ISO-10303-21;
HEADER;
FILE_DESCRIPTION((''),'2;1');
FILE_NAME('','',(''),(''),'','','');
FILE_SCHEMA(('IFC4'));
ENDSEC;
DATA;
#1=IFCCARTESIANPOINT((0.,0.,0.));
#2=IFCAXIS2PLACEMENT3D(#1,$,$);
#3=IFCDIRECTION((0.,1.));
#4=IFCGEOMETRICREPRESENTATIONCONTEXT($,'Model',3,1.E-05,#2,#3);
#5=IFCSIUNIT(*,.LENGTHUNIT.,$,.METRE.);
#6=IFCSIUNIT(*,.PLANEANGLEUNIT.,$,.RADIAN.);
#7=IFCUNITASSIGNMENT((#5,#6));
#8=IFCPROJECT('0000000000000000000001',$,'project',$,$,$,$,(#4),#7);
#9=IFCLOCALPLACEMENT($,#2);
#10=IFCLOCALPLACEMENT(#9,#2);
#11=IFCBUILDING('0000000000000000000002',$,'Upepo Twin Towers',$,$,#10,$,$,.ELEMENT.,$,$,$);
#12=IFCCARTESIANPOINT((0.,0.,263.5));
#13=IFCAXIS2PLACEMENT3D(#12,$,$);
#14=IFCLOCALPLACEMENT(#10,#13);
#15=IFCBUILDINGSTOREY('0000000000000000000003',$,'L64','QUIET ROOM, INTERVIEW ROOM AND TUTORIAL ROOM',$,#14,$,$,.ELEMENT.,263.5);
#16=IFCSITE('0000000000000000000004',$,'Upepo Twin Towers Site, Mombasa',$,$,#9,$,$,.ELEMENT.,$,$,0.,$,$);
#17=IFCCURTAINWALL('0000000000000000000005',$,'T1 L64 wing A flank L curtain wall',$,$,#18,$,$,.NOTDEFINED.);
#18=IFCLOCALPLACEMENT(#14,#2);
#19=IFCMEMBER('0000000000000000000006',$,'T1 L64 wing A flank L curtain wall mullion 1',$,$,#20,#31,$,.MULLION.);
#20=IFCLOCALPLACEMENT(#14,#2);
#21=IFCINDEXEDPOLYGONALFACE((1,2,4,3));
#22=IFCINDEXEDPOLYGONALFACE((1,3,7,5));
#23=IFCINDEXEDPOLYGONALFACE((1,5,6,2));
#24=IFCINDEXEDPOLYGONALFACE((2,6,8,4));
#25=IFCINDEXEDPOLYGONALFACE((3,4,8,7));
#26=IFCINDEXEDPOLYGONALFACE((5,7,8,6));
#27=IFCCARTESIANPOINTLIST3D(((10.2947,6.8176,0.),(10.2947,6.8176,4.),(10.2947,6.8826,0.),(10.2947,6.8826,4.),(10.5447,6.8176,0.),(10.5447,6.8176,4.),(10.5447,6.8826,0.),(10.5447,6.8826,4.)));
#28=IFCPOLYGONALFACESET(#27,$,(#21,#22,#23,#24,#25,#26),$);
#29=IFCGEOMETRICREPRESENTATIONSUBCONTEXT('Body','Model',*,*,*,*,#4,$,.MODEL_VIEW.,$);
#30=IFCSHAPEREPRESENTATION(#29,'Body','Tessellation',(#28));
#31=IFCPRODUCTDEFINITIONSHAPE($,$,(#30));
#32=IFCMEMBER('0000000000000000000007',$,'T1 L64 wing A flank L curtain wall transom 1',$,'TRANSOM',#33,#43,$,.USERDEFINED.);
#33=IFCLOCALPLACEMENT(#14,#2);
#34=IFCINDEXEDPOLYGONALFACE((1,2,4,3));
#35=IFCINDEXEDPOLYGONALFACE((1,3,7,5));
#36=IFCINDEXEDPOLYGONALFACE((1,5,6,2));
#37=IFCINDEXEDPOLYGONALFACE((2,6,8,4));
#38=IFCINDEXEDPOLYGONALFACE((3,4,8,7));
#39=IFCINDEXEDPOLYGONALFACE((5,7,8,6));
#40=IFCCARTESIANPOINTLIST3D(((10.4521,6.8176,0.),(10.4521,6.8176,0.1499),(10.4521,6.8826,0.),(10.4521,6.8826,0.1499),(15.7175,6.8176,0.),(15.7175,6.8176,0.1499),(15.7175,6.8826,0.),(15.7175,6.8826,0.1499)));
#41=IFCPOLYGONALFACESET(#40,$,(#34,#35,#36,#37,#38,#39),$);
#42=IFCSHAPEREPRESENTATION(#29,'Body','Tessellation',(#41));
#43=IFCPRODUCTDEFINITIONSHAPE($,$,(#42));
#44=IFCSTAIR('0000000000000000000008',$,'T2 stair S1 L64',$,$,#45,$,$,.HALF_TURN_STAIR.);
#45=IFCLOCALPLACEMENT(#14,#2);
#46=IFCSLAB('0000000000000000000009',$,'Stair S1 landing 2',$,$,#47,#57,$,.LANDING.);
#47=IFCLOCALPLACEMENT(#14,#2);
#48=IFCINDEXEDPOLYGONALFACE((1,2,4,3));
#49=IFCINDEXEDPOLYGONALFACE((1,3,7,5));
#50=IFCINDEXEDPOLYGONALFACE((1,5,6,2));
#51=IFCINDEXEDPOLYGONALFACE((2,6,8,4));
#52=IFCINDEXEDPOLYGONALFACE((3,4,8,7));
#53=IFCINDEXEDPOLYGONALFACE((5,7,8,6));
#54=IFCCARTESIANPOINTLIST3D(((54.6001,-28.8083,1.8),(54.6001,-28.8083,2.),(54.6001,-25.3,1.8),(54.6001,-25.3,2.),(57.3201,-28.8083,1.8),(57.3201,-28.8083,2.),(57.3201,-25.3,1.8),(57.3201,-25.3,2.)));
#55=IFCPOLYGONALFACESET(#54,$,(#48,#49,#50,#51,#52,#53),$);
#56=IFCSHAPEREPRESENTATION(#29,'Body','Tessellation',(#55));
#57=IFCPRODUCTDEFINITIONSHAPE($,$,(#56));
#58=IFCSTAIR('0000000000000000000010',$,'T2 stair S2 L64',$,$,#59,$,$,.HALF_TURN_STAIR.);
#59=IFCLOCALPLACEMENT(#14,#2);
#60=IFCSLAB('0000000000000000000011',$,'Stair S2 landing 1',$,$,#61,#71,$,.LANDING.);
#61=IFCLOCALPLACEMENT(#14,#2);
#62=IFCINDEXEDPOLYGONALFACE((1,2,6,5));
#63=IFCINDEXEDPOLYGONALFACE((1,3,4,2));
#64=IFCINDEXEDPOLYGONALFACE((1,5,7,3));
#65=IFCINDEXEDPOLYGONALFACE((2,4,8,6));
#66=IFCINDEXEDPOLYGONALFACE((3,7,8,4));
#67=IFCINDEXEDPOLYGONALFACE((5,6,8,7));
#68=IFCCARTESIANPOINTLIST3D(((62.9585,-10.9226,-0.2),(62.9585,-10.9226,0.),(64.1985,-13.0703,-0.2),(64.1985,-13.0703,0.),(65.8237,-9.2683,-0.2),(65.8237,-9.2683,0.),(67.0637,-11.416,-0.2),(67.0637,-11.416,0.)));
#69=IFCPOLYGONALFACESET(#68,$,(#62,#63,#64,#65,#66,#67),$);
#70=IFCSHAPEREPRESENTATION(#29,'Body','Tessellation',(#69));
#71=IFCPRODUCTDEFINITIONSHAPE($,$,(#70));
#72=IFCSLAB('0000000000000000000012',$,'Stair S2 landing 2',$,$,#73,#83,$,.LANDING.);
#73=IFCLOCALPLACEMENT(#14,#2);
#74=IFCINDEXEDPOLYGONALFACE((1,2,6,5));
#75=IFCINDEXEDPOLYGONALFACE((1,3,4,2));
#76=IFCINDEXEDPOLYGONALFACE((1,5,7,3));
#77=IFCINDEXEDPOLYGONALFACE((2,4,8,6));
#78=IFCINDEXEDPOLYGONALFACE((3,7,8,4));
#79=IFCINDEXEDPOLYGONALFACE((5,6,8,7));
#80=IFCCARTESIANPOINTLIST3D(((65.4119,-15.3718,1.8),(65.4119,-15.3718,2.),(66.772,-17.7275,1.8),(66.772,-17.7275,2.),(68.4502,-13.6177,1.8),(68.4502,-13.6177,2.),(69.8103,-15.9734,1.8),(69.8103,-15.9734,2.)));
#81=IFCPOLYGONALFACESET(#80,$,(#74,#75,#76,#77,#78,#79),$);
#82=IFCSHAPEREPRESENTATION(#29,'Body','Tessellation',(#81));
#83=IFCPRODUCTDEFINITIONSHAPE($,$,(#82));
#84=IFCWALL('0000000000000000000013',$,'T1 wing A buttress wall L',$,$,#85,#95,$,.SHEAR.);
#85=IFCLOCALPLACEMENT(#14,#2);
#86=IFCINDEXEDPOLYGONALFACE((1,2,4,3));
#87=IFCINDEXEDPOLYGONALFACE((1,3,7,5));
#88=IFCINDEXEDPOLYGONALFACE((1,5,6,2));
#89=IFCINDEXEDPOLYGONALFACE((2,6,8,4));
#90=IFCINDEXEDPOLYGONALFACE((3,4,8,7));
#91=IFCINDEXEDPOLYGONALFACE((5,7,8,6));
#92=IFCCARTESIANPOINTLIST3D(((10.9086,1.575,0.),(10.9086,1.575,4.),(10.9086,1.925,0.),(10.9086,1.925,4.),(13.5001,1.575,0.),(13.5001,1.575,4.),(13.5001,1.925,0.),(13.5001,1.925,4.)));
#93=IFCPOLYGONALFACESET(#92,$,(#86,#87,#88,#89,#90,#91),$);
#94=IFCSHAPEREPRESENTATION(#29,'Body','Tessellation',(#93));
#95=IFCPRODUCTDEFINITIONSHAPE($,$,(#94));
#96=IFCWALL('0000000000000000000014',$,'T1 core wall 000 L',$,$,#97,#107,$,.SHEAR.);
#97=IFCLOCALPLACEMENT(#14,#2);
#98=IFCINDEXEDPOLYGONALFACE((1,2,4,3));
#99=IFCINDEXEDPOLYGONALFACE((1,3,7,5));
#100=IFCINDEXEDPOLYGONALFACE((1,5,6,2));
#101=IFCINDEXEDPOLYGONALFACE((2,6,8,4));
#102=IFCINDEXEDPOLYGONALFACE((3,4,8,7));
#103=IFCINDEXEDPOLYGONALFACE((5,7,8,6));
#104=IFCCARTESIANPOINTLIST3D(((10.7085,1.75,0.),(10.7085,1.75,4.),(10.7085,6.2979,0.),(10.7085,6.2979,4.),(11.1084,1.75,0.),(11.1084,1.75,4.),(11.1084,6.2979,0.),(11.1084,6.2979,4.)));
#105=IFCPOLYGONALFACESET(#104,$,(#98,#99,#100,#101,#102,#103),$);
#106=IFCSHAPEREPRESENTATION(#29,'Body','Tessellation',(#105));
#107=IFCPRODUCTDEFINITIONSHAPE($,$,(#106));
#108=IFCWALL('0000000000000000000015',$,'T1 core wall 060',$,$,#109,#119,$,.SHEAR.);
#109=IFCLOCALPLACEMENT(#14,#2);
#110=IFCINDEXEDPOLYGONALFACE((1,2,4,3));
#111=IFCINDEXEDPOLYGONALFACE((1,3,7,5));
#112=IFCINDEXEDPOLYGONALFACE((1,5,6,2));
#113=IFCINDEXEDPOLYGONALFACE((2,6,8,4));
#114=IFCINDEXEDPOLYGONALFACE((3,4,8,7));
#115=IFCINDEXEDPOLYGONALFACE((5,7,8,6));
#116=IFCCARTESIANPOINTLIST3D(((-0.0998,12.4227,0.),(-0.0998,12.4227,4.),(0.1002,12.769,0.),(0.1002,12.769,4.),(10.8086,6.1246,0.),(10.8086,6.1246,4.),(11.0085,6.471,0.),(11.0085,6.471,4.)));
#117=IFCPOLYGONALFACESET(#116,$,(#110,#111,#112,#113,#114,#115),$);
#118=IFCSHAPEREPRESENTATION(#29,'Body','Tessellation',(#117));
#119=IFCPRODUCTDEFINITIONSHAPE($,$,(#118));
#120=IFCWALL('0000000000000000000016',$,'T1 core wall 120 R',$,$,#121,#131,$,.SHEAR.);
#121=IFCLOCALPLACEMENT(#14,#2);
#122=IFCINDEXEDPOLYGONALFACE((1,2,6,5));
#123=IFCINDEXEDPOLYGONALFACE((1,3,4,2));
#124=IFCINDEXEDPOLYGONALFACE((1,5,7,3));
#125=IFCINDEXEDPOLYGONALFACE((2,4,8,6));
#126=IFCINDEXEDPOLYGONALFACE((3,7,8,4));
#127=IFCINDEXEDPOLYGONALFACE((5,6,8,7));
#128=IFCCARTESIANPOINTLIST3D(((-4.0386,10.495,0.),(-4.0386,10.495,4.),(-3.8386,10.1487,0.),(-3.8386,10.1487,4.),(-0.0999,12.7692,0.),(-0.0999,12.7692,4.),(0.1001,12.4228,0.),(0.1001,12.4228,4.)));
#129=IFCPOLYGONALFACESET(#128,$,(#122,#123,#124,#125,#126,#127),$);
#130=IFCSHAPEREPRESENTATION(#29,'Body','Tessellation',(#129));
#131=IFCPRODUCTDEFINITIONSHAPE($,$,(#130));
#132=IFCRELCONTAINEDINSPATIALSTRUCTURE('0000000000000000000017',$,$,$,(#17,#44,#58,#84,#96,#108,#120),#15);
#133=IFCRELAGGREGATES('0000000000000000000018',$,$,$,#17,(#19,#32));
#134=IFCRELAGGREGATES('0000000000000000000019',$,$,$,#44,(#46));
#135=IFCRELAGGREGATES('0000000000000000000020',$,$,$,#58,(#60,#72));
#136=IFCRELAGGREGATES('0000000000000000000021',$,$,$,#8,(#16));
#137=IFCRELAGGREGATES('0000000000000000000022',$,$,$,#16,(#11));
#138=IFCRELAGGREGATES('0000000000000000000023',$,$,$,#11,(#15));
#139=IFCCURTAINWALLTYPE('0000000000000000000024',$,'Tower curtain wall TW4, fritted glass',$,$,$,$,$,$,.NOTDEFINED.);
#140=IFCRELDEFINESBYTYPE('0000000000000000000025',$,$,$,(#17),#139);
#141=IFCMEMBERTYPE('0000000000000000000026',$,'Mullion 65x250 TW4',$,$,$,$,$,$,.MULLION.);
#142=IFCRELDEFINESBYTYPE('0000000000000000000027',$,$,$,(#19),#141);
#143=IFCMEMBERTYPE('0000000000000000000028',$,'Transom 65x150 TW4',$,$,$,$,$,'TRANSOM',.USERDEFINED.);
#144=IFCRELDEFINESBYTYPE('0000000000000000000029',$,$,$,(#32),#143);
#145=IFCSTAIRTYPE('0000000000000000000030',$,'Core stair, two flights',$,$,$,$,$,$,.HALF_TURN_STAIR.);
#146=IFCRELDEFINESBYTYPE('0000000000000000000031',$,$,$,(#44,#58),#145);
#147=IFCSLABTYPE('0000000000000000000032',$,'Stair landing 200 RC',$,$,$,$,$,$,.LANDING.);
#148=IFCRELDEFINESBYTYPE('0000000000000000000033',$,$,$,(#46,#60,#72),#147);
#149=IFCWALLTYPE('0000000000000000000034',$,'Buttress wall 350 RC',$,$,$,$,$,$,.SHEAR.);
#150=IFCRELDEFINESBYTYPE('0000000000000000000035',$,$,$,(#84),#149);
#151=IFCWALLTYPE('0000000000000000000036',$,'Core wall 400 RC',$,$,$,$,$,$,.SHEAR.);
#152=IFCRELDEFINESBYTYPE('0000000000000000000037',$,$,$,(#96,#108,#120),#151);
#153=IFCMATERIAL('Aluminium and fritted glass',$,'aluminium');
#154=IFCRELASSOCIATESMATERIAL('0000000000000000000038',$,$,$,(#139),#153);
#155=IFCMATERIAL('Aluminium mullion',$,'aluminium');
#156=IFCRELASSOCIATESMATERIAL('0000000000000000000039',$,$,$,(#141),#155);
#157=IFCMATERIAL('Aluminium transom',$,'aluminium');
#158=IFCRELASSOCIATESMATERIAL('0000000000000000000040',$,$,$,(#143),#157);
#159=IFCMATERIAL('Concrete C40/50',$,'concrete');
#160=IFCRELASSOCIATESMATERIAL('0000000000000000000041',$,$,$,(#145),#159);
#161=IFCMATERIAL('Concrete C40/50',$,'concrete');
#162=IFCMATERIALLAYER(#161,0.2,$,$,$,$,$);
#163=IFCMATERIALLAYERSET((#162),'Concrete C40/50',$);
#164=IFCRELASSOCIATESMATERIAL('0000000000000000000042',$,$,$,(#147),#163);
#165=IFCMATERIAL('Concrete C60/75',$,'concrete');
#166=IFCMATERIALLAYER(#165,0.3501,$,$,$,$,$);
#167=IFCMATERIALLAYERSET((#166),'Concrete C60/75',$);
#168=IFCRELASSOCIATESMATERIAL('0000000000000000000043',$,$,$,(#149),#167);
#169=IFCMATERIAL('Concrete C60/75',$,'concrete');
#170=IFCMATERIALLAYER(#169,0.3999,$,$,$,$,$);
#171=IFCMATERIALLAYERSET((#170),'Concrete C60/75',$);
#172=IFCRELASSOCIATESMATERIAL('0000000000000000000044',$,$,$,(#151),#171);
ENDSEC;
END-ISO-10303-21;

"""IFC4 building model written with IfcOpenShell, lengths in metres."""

from ifc_helpers import new_model, si_unit, direction, frame, frame_2d, origin, origin_2d, place, context, subcontext, project, spatial, polyline, rectangle, outline, extrude, material, layer, layer_set, material_profile, profile_set, type_object, element, aggregate, save


model = new_model("IFC4")

# Units and contexts
model_context = context("Model", 3, precision=1e-05, world=origin(), true_north=direction((0.0, 1.0)))
body_context = subcontext(model_context, "Body", "Model", "MODEL_VIEW")
ifc_project = project(units=[si_unit("LENGTHUNIT", "METRE"), si_unit("PLANEANGLEUNIT", "RADIAN")], contexts=[model_context])

# Site, building, storey
site_placement = place(None, origin())
site = spatial("IfcSite", under=ifc_project, at=site_placement, Name="Upepo Twin Towers Site, Mombasa", CompositionType="ELEMENT", RefElevation=0.0)
building_placement = place(site_placement, origin())
building = spatial("IfcBuilding", under=site, at=building_placement, Name="Upepo Twin Towers", CompositionType="ELEMENT")
storey_placement = place(building_placement, frame((0.0, 0.0, 263.5)))
storey = spatial("IfcBuildingStorey", under=building, at=storey_placement, Name="L64", Description="QUIET ROOM, INTERVIEW ROOM AND TUTORIAL ROOM", CompositionType="ELEMENT", Elevation=263.5)

# Curtain wall, members
ifc_material_1 = material(Name="Aluminium and fritted glass", Category="aluminium")
curtain_wall_type = type_object("IfcCurtainWallType", Name="Tower curtain wall TW4, fritted glass", PredefinedType="NOTDEFINED", material=ifc_material_1)
curtain_wall_placement = place(storey_placement, origin())
curtain_wall = element("IfcCurtainWall", 1, at=curtain_wall_placement, inside=storey, type_object=curtain_wall_type, Name="T1 L64 wing A flank L curtain wall", PredefinedType="NOTDEFINED")
ifc_material_2 = material(Name="Aluminium mullion", Category="aluminium")
ifc_material_profile_1 = material_profile(ifc_material_2, rectangle(XDim=0.0649, YDim=0.25, at=origin_2d()), Name="MULLION 65x250")
ifc_profile_set_1 = profile_set([ifc_material_profile_1], Name="Aluminium mullion")
member_type_1 = type_object("IfcMemberType", Name="Mullion 65x250 TW4", PredefinedType="MULLION", material=ifc_profile_set_1)
member_1_placement = place(storey_placement, frame((10.4197, 6.8501, 0.0), z_axis=(0.0, 0.0, 1.0), x_axis=(0.0, 1.0, 0.0)))
member_1 = element("IfcMember", 2, at=member_1_placement, type_object=member_type_1, Name="T1 L64 wing A flank L curtain wall mullion 1", PredefinedType="MULLION", context=body_context, shape_type="SweptSolid", body=[
    extrude(rectangle(XDim=0.0649, YDim=0.25, at=origin_2d()), origin(), (0.0, 0.0, 1.0), 4.0),
])
ifc_material_3 = material(Name="Aluminium transom", Category="aluminium")
ifc_material_profile_2 = material_profile(ifc_material_3, rectangle(XDim=0.0649, YDim=0.1499, at=origin_2d()), Name="TRANSOM 65x150")
ifc_profile_set_2 = profile_set([ifc_material_profile_2], Name="Aluminium transom")
member_type_2 = type_object("IfcMemberType", Name="Transom 65x150 TW4", ElementType="TRANSOM", PredefinedType="USERDEFINED", material=ifc_profile_set_2)
member_2_placement = place(storey_placement, frame((10.4521, 6.8501, 0.075), z_axis=(1.0, 0.0, 0.0), x_axis=(0.0, 1.0, 0.0)))
member_2 = element("IfcMember", 3, at=member_2_placement, type_object=member_type_2, Name="T1 L64 wing A flank L curtain wall transom 1", ObjectType="TRANSOM", PredefinedType="USERDEFINED", context=body_context, shape_type="SweptSolid", body=[
    extrude(rectangle(XDim=0.0649, YDim=0.1499, at=origin_2d()), origin(), (0.0, 0.0, 1.0), 5.2654),
])
aggregate(curtain_wall, [member_1, member_2])

# Stair, slab
ifc_material_4 = material(Name="Concrete C40/50", Category="concrete")
stair_type = type_object("IfcStairType", Name="Core stair, two flights", PredefinedType="HALF_TURN_STAIR", material=ifc_material_4)
stair_1_placement = place(storey_placement, origin())
stair_1 = element("IfcStair", 4, at=stair_1_placement, inside=storey, type_object=stair_type, Name="T2 stair S1 L64", PredefinedType="HALF_TURN_STAIR")
ifc_material_5 = material(Name="Concrete C40/50", Category="concrete")
ifc_layer_1 = layer(ifc_material_5, 0.2)
ifc_layer_set_1 = layer_set([ifc_layer_1], Name="Concrete C40/50")
slab_type = type_object("IfcSlabType", Name="Stair landing 200 RC", PredefinedType="LANDING", material=ifc_layer_set_1)
slab_1_placement = place(storey_placement, frame((0.0, 0.0, 1.8)))
slab_1 = element("IfcSlab", 5, at=slab_1_placement, type_object=slab_type, Name="Stair S1 landing 2", PredefinedType="LANDING", context=body_context, shape_type="SweptSolid", body=[
    extrude(outline(polyline([(54.6001, -25.3), (54.6001, -28.8083), (57.3201, -28.8083), (57.3201, -25.3), (54.6001, -25.3)])), origin(), (0.0, 0.0, 1.0), 0.2),
])
aggregate(stair_1, [slab_1])

# Stair, slabs
stair_2_placement = place(storey_placement, origin())
stair_2 = element("IfcStair", 6, at=stair_2_placement, inside=storey, type_object=stair_type, Name="T2 stair S2 L64", PredefinedType="HALF_TURN_STAIR")
slab_2_placement = place(storey_placement, frame((0.0, 0.0, -0.2)))
slab_2 = element("IfcSlab", 7, at=slab_2_placement, type_object=slab_type, Name="Stair S2 landing 1", PredefinedType="LANDING", context=body_context, shape_type="SweptSolid", body=[
    extrude(outline(polyline([(64.1985, -13.0703), (67.0637, -11.416), (65.8237, -9.2683), (62.9585, -10.9226), (64.1985, -13.0703)])), origin(), (0.0, 0.0, 1.0), 0.2),
])
slab_3_placement = place(storey_placement, frame((0.0, 0.0, 1.8)))
slab_3 = element("IfcSlab", 8, at=slab_3_placement, type_object=slab_type, Name="Stair S2 landing 2", PredefinedType="LANDING", context=body_context, shape_type="SweptSolid", body=[
    extrude(outline(polyline([(66.772, -17.7275), (69.8103, -15.9734), (68.4502, -13.6177), (65.4119, -15.3718), (66.772, -17.7275)])), origin(), (0.0, 0.0, 1.0), 0.2),
])
aggregate(stair_2, [slab_2, slab_3])

# Walls
ifc_material_6 = material(Name="Concrete C60/75", Category="concrete")
ifc_layer_2 = layer(ifc_material_6, 0.3501)
ifc_layer_set_2 = layer_set([ifc_layer_2], Name="Concrete C60/75")
wall_type_1 = type_object("IfcWallType", Name="Buttress wall 350 RC", PredefinedType="SHEAR", material=ifc_layer_set_2)
wall_1_placement = place(storey_placement, frame((10.9084, 1.75, 0.0), z_axis=(0.0, 0.0, 1.0), x_axis=(1.0, 0.0, 0.0)))
element("IfcWall", 9, at=wall_1_placement, inside=storey, type_object=wall_type_1, Name="T1 wing A buttress wall L", PredefinedType="SHEAR", context=body_context, shape_type="SweptSolid", body=[
    extrude(rectangle(XDim=2.5916, YDim=0.3501, at=frame_2d((1.2959, 0.0))), origin(), (0.0, 0.0, 1.0), 4.0),
])
ifc_material_7 = material(Name="Concrete C60/75", Category="concrete")
ifc_layer_3 = layer(ifc_material_7, 0.3999)
ifc_layer_set_3 = layer_set([ifc_layer_3], Name="Concrete C60/75")
wall_type_2 = type_object("IfcWallType", Name="Core wall 400 RC", PredefinedType="SHEAR", material=ifc_layer_set_3)
wall_2_placement = place(storey_placement, frame((10.9084, 1.75, 0.0), z_axis=(0.0, 0.0, 1.0), x_axis=(0.0, 1.0, 0.0)))
element("IfcWall", 10, at=wall_2_placement, inside=storey, type_object=wall_type_2, Name="T1 core wall 000 L", PredefinedType="SHEAR", context=body_context, shape_type="SweptSolid", body=[
    extrude(rectangle(XDim=4.5479, YDim=0.3999, at=frame_2d((2.2739, 0.0))), origin(), (0.0, 0.0, 1.0), 4.0),
])
wall_3_placement = place(storey_placement, frame((10.9084, 6.2979, 0.0), z_axis=(0.0, 0.0, 1.0), x_axis=(-0.866022, 0.500006, 0.0)))
element("IfcWall", 11, at=wall_3_placement, inside=storey, type_object=wall_type_2, Name="T1 core wall 060", PredefinedType="SHEAR", context=body_context, shape_type="SweptSolid", body=[
    extrude(rectangle(XDim=12.5959, YDim=0.3999, at=frame_2d((6.2979, 0.0))), origin(), (0.0, 0.0, 1.0), 4.0),
])
wall_4_placement = place(storey_placement, frame((0.0, 12.5959, 0.0), z_axis=(0.0, 0.0, 1.0), x_axis=(-0.866011, -0.500024, 0.0)))
element("IfcWall", 12, at=wall_4_placement, inside=storey, type_object=wall_type_2, Name="T1 core wall 120 R", PredefinedType="SHEAR", context=body_context, shape_type="SweptSolid", body=[
    extrude(rectangle(XDim=4.5481, YDim=0.3999, at=frame_2d((2.2739, 0.0))), origin(), (0.0, 0.0, 1.0), 4.0),
])

save(model, "model.ifc")
